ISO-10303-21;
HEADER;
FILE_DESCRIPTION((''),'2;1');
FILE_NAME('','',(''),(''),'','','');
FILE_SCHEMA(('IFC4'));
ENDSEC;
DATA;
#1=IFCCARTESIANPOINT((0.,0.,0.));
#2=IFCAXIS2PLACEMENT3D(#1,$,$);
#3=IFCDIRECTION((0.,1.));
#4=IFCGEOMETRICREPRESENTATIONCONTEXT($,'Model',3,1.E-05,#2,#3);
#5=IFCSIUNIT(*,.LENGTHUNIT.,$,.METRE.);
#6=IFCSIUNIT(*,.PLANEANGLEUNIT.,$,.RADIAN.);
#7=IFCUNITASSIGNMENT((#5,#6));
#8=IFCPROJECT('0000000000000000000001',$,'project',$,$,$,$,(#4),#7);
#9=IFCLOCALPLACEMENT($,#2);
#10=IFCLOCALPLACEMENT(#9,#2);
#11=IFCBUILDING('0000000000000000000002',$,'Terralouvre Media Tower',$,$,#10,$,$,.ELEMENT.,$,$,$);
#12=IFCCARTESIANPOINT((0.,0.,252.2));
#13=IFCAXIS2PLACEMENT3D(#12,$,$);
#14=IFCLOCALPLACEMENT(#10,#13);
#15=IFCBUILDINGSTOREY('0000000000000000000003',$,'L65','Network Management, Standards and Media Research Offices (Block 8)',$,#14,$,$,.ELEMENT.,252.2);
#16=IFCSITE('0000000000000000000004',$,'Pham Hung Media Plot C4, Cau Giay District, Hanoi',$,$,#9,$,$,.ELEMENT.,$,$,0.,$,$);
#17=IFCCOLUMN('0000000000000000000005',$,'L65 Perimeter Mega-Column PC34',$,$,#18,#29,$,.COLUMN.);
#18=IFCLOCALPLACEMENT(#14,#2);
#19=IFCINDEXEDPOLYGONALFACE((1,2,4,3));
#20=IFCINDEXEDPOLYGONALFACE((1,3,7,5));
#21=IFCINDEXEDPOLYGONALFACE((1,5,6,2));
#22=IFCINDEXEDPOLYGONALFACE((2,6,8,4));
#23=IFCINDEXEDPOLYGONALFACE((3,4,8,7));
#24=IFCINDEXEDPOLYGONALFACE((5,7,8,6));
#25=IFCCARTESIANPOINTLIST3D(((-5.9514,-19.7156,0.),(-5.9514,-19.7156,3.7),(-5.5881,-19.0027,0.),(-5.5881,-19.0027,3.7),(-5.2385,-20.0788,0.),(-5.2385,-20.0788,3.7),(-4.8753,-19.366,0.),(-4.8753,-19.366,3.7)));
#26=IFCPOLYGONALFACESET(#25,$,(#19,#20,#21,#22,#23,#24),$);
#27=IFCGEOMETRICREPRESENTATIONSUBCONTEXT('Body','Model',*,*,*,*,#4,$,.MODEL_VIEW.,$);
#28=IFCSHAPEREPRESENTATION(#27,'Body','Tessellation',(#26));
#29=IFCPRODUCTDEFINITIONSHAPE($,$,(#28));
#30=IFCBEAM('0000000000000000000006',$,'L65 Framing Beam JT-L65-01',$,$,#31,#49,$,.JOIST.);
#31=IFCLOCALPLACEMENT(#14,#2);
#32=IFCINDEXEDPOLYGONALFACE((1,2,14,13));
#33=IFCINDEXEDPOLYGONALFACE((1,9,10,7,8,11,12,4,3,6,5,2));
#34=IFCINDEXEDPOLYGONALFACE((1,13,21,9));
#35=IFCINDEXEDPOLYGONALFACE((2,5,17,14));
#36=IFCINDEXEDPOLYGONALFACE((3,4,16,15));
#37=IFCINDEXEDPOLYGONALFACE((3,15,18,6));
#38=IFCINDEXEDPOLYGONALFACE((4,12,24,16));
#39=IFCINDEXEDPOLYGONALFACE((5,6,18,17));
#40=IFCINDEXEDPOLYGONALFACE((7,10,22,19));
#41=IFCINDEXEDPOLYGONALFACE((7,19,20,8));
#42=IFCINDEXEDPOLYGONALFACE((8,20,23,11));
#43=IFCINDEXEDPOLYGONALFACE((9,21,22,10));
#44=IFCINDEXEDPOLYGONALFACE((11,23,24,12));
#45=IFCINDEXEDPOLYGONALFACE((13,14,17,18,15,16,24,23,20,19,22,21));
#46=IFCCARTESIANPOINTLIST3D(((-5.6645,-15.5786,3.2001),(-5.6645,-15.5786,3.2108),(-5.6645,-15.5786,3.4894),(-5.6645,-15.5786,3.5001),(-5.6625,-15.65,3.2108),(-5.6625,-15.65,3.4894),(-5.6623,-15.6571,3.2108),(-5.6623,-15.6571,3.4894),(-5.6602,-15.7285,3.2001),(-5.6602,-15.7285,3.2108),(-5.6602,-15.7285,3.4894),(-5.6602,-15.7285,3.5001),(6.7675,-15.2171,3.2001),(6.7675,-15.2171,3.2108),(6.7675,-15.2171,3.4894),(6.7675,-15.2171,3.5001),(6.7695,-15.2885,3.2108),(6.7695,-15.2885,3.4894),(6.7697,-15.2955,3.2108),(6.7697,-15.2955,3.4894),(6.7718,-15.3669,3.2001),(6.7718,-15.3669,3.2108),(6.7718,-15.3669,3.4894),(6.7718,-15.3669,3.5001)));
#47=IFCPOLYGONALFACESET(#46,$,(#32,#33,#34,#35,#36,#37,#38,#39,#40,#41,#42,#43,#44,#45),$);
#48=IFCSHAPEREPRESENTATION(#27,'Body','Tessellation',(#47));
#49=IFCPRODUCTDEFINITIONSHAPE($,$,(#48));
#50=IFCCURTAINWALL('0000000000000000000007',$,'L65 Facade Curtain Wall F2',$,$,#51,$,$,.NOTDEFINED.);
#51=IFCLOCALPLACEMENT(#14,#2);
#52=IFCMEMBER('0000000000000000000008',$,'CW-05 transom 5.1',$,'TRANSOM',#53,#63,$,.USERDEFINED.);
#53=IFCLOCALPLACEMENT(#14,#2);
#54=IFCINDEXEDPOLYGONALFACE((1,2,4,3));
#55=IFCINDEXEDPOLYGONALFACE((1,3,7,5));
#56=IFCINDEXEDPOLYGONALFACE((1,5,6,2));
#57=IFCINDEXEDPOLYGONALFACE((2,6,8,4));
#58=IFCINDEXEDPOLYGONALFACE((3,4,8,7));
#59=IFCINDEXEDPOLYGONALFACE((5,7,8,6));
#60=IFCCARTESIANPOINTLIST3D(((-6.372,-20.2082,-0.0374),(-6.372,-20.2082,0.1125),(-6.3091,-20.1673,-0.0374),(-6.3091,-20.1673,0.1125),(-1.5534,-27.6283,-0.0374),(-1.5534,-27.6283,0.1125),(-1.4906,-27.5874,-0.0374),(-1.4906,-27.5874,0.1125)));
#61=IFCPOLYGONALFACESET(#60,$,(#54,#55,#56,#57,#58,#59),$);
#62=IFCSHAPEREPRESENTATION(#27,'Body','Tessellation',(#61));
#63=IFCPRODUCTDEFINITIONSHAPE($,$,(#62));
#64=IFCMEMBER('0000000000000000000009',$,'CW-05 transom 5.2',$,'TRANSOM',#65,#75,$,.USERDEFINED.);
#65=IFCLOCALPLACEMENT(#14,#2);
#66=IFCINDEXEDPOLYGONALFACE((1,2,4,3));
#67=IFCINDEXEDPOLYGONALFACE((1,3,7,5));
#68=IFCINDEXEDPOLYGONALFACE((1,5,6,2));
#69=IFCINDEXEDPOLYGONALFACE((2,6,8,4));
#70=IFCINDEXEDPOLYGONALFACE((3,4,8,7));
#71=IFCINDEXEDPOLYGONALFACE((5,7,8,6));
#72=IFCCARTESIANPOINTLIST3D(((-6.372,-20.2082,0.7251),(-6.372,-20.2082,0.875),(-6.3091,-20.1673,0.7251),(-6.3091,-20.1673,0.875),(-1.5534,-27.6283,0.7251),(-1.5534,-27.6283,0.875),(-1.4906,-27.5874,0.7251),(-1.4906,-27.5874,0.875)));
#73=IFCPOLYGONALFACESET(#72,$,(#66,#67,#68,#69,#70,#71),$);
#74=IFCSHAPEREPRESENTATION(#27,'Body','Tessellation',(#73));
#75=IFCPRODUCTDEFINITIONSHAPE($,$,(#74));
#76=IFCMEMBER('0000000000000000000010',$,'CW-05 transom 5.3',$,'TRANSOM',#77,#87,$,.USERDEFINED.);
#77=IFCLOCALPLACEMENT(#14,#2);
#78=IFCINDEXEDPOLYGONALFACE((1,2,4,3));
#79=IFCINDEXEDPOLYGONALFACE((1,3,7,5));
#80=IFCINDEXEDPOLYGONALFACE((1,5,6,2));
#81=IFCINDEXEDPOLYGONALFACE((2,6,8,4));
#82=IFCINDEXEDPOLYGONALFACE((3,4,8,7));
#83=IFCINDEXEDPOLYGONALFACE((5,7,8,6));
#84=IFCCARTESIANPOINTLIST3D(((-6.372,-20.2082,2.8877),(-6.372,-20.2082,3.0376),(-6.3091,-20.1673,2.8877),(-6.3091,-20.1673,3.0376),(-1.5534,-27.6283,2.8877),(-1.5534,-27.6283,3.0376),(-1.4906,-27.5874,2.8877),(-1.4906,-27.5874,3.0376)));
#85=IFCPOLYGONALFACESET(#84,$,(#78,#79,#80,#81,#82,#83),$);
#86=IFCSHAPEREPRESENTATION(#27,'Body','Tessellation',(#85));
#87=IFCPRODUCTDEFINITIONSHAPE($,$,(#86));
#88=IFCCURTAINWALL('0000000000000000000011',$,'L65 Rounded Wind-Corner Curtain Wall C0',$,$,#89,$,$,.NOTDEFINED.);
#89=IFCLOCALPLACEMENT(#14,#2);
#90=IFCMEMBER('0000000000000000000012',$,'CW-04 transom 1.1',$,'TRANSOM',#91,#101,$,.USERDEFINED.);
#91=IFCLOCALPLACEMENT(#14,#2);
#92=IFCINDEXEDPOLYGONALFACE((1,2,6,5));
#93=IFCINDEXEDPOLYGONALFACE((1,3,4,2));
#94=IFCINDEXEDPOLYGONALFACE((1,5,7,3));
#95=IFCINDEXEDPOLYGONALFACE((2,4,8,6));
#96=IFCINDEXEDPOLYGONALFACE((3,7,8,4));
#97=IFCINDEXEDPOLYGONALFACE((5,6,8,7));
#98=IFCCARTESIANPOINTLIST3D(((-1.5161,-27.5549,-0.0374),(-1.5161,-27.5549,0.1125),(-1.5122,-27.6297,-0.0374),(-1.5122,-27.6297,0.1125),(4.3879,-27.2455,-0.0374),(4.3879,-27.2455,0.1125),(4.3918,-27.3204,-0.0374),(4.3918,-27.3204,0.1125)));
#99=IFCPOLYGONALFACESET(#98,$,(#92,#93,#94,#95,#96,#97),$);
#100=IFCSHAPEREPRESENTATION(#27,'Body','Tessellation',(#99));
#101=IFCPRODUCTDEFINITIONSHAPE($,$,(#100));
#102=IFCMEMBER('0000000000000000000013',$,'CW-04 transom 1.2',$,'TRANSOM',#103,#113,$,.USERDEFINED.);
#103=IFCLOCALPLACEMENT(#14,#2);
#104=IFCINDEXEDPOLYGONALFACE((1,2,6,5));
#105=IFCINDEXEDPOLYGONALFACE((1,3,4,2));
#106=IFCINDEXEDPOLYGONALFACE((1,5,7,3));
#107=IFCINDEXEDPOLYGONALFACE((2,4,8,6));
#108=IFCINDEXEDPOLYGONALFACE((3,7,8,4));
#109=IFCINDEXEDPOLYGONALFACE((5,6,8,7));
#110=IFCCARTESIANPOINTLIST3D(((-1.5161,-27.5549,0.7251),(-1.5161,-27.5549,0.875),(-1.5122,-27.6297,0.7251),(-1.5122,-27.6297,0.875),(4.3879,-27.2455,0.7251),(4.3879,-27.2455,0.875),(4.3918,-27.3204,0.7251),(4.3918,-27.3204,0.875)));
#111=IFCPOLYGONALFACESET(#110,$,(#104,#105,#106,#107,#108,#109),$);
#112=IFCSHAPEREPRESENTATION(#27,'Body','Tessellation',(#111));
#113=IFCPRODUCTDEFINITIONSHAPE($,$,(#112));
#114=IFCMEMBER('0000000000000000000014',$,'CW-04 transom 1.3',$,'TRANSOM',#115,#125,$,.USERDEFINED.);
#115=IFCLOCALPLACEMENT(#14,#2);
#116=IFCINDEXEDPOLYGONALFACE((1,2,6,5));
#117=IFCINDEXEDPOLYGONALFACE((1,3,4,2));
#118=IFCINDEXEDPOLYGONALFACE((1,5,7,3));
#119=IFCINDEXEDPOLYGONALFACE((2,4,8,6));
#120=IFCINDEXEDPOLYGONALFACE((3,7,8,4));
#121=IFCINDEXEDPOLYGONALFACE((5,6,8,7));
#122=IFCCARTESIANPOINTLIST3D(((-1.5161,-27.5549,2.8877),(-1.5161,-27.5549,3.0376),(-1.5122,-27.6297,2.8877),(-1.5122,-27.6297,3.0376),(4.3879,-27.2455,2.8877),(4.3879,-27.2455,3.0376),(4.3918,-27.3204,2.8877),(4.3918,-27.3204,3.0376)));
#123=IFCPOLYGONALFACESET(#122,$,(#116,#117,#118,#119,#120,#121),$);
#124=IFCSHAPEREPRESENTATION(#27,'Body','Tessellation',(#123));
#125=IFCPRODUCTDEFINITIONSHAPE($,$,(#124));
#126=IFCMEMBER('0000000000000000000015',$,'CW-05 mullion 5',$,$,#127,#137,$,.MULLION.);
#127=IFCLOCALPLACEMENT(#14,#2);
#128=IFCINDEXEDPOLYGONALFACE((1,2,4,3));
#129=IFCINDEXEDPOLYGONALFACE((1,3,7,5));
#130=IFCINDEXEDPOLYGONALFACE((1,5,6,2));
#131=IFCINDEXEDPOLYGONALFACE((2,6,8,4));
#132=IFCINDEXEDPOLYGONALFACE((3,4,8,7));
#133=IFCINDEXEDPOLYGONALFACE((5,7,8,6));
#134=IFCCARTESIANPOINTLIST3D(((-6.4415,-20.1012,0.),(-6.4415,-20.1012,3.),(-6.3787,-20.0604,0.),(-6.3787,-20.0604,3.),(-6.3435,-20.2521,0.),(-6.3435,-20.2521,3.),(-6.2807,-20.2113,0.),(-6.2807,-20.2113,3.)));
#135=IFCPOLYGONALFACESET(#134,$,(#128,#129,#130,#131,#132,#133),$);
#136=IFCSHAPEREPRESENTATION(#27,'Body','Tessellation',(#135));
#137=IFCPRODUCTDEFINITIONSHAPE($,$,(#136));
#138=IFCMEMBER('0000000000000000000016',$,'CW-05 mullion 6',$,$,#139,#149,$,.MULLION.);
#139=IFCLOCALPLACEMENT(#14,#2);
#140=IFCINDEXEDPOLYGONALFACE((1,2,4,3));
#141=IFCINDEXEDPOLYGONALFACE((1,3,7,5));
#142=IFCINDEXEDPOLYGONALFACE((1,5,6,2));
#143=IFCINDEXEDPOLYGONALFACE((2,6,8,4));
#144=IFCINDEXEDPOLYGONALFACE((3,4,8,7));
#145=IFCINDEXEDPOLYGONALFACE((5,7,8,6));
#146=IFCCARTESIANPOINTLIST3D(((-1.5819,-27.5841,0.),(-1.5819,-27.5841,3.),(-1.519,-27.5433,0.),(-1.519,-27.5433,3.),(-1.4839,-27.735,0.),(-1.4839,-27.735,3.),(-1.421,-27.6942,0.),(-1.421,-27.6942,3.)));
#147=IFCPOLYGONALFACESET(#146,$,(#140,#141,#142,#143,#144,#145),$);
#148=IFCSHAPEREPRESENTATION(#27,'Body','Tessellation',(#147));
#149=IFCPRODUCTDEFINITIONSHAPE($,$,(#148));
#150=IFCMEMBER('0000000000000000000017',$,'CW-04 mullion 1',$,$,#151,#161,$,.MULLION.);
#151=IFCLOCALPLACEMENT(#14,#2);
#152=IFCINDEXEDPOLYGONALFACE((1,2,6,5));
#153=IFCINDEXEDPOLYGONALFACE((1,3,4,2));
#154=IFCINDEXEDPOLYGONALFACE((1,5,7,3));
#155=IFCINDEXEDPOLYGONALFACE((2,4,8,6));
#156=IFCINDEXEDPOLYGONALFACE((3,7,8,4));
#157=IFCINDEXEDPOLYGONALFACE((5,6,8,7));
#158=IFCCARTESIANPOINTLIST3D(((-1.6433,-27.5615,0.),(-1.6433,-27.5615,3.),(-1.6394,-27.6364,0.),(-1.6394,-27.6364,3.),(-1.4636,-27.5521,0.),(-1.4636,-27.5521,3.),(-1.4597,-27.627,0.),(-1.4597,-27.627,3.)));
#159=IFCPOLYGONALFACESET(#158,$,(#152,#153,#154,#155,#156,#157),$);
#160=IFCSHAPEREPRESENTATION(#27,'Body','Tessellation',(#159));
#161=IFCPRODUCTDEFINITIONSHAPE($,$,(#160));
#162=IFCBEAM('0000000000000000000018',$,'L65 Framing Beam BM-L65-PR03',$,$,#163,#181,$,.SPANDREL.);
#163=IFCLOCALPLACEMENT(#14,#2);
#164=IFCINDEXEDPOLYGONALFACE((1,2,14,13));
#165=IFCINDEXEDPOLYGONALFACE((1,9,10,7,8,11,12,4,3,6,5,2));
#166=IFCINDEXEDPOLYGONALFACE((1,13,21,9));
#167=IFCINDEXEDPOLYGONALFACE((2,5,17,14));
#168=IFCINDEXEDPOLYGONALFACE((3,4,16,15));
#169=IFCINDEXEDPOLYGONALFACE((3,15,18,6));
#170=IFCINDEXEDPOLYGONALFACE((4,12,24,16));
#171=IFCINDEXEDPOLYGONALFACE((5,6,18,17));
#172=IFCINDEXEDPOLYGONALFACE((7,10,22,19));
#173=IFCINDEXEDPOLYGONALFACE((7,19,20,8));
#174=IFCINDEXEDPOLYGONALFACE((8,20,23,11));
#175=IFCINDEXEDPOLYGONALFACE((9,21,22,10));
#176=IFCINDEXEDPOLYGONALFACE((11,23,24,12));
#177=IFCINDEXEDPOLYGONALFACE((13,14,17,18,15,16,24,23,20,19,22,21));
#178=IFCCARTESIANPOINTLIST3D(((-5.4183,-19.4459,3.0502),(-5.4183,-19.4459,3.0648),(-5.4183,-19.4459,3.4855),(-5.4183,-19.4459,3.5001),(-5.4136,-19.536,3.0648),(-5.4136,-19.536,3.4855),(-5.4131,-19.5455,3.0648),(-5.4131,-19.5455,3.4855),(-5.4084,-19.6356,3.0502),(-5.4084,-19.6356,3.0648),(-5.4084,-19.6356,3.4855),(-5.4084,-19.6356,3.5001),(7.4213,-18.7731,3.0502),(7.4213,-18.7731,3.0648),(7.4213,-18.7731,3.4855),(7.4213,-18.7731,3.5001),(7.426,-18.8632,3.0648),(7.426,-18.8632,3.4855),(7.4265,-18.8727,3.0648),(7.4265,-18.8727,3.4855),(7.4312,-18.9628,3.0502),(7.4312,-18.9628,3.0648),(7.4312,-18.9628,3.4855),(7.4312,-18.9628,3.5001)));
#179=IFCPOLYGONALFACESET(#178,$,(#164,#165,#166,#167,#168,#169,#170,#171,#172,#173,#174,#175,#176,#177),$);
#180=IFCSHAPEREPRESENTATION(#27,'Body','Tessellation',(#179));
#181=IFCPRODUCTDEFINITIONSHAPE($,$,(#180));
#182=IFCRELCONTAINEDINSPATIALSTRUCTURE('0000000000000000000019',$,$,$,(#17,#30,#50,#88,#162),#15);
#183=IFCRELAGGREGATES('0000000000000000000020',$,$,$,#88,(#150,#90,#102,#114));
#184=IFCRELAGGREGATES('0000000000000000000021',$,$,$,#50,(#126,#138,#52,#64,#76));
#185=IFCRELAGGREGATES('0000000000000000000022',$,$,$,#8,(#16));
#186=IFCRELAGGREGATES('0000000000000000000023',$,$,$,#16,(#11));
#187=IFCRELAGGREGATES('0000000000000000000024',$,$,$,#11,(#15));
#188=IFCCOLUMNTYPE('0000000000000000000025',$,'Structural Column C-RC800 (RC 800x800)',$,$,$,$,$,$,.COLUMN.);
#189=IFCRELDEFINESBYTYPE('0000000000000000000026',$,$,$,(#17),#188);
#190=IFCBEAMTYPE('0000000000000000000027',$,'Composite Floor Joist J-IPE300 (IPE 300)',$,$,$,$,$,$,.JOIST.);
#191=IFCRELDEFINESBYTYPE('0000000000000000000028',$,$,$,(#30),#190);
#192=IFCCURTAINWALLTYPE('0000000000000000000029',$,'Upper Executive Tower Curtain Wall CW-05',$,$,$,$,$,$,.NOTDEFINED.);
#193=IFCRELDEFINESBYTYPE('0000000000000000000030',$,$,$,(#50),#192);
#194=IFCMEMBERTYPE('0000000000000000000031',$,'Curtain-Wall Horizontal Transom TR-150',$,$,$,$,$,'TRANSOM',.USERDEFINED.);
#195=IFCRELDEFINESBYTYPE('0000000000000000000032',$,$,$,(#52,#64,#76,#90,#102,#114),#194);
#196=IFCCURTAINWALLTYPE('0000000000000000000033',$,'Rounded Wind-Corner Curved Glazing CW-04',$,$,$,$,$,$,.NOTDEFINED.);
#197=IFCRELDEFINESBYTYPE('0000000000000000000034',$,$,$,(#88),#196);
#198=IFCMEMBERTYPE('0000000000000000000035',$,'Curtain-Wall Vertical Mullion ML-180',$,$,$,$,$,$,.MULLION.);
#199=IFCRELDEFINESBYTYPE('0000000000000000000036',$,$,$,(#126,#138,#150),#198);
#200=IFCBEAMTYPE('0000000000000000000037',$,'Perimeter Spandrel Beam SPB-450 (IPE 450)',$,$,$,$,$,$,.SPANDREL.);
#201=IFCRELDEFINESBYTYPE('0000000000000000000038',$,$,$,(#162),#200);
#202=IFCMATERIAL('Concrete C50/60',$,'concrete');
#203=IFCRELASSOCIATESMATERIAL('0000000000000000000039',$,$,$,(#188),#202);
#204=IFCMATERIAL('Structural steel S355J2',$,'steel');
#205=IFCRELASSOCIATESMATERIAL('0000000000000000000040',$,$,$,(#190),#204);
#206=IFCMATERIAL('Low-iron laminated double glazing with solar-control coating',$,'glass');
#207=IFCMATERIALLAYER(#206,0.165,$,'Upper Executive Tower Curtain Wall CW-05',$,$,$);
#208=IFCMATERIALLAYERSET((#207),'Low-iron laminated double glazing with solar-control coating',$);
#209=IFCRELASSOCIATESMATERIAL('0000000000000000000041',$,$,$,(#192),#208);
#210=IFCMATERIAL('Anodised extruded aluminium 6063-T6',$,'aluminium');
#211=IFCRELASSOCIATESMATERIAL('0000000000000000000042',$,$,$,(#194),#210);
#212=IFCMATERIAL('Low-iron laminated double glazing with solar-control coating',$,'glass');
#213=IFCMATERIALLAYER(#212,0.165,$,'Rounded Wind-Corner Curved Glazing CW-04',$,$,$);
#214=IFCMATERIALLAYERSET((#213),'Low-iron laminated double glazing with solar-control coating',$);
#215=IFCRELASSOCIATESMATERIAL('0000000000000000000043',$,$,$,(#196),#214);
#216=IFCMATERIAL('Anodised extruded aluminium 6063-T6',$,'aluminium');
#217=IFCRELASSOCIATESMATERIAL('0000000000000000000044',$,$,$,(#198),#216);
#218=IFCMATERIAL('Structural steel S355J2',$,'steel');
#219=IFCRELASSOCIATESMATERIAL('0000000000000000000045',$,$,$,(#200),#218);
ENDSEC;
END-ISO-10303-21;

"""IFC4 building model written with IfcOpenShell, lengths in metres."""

from ifc_helpers import new_model, si_unit, direction, frame, origin, origin_2d, place, context, subcontext, project, spatial, rectangle, i_section, extrude, material, layer, layer_set, material_profile, profile_set, type_object, element, aggregate, save


model = new_model("IFC4")

# Units and contexts
model_context = context("Model", 3, precision=1e-05, world=origin(), true_north=direction((0.0, 1.0)))
body_context = subcontext(model_context, "Body", "Model", "MODEL_VIEW")
ifc_project = project(units=[si_unit("LENGTHUNIT", "METRE"), si_unit("PLANEANGLEUNIT", "RADIAN")], contexts=[model_context])

# Site, building, storey
site_placement = place(None, origin())
site = spatial("IfcSite", under=ifc_project, at=site_placement, Name="Pham Hung Media Plot C4, Cau Giay District, Hanoi", CompositionType="ELEMENT", RefElevation=0.0)
building_placement = place(site_placement, origin())
building = spatial("IfcBuilding", under=site, at=building_placement, Name="Terralouvre Media Tower", CompositionType="ELEMENT")
storey_placement = place(building_placement, frame((0.0, 0.0, 252.2)))
storey = spatial("IfcBuildingStorey", under=building, at=storey_placement, Name="L65", Description="Network Management, Standards and Media Research Offices (Block 8)", CompositionType="ELEMENT", Elevation=252.2)

# Column
ifc_material_1 = material(Name="Concrete C50/60", Category="concrete")
ifc_material_profile_1 = material_profile(ifc_material_1, rectangle(XDim=0.8, YDim=0.8, at=origin_2d()), Name="RC 800x800")
ifc_profile_set_1 = profile_set([ifc_material_profile_1], Name="Concrete C50/60")
column_type = type_object("IfcColumnType", Name="Structural Column C-RC800 (RC 800x800)", PredefinedType="COLUMN", material=ifc_profile_set_1)
column_placement = place(storey_placement, frame((-5.4133, -19.5408, 0.0), z_axis=(0.0, 0.0, 1.0), x_axis=(0.45399, 0.891007, 0.0)))
element("IfcColumn", 1, at=column_placement, inside=storey, type_object=column_type, Name="L65 Perimeter Mega-Column PC34", PredefinedType="COLUMN", context=body_context, shape_type="SweptSolid", body=[
    extrude(rectangle(XDim=0.8, YDim=0.8, at=origin_2d()), origin(), (0.0, 0.0, 1.0), 3.7),
])

# Beam
ifc_material_2 = material(Name="Structural steel S355J2", Category="steel")
ifc_material_profile_2 = material_profile(ifc_material_2, i_section(OverallWidth=0.1499, OverallDepth=0.3, WebThickness=0.0071, FlangeThickness=0.0107, at=origin_2d()), Name="IPE 300")
ifc_profile_set_2 = profile_set([ifc_material_profile_2], Name="Structural steel S355J2")
beam_type_1 = type_object("IfcBeamType", Name="Composite Floor Joist J-IPE300 (IPE 300)", PredefinedType="JOIST", material=ifc_profile_set_2)
beam_1_placement = place(storey_placement, frame((-5.6624, -15.6536, 3.3501), z_axis=(0.999577, 0.029072, 0.0), x_axis=(-0.029072, 0.999577, 0.0)))
element("IfcBeam", 2, at=beam_1_placement, inside=storey, type_object=beam_type_1, Name="L65 Framing Beam JT-L65-01", PredefinedType="JOIST", context=body_context, shape_type="SweptSolid", body=[
    extrude(i_section(OverallWidth=0.1499, OverallDepth=0.3, WebThickness=0.0071, FlangeThickness=0.0107, at=origin_2d()), origin(), (0.0, 0.0, 1.0), 12.4373),
])

# Curtain walls, members
ifc_material_3 = material(Name="Low-iron laminated double glazing with solar-control coating", Category="glass")
ifc_layer_1 = layer(ifc_material_3, 0.165, Name="Upper Executive Tower Curtain Wall CW-05")
ifc_layer_set_1 = layer_set([ifc_layer_1], Name="Low-iron laminated double glazing with solar-control coating")
curtain_wall_type_1 = type_object("IfcCurtainWallType", Name="Upper Executive Tower Curtain Wall CW-05", PredefinedType="NOTDEFINED", material=ifc_layer_set_1)
curtain_wall_1_placement = place(storey_placement, origin())
curtain_wall_1 = element("IfcCurtainWall", 3, at=curtain_wall_1_placement, inside=storey, type_object=curtain_wall_type_1, Name="L65 Facade Curtain Wall F2", PredefinedType="NOTDEFINED")
ifc_material_4 = material(Name="Anodised extruded aluminium 6063-T6", Category="aluminium")
ifc_material_profile_3 = material_profile(ifc_material_4, rectangle(XDim=0.075, YDim=0.1499, at=origin_2d()), Name="ALU 75x150")
ifc_profile_set_3 = profile_set([ifc_material_profile_3], Name="Anodised extruded aluminium 6063-T6")
member_type_1 = type_object("IfcMemberType", Name="Curtain-Wall Horizontal Transom TR-150", ElementType="TRANSOM", PredefinedType="USERDEFINED", material=ifc_profile_set_3)
member_1_placement = place(storey_placement, frame((-6.3406, -20.1877, 0.0376), z_axis=(0.54463, -0.838676, 0.0), x_axis=(0.838676, 0.54463, 0.0)))
member_1 = element("IfcMember", 4, at=member_1_placement, type_object=member_type_1, Name="CW-05 transom 5.1", ObjectType="TRANSOM", PredefinedType="USERDEFINED", context=body_context, shape_type="SweptSolid", body=[
    extrude(rectangle(XDim=0.075, YDim=0.1499, at=origin_2d()), origin(), (0.0, 0.0, 1.0), 8.8474),
])
member_2_placement = place(storey_placement, frame((-6.3406, -20.1877, 0.8), z_axis=(0.54463, -0.838676, 0.0), x_axis=(0.838676, 0.54463, 0.0)))
member_2 = element("IfcMember", 5, at=member_2_placement, type_object=member_type_1, Name="CW-05 transom 5.2", ObjectType="TRANSOM", PredefinedType="USERDEFINED", context=body_context, shape_type="SweptSolid", body=[
    extrude(rectangle(XDim=0.075, YDim=0.1499, at=origin_2d()), origin(), (0.0, 0.0, 1.0), 8.8474),
])
member_3_placement = place(storey_placement, frame((-6.3406, -20.1877, 2.9626), z_axis=(0.54463, -0.838676, 0.0), x_axis=(0.838676, 0.54463, 0.0)))
member_3 = element("IfcMember", 6, at=member_3_placement, type_object=member_type_1, Name="CW-05 transom 5.3", ObjectType="TRANSOM", PredefinedType="USERDEFINED", context=body_context, shape_type="SweptSolid", body=[
    extrude(rectangle(XDim=0.075, YDim=0.1499, at=origin_2d()), origin(), (0.0, 0.0, 1.0), 8.8474),
])
ifc_material_5 = material(Name="Low-iron laminated double glazing with solar-control coating", Category="glass")
ifc_layer_2 = layer(ifc_material_5, 0.165, Name="Rounded Wind-Corner Curved Glazing CW-04")
ifc_layer_set_2 = layer_set([ifc_layer_2], Name="Low-iron laminated double glazing with solar-control coating")
curtain_wall_type_2 = type_object("IfcCurtainWallType", Name="Rounded Wind-Corner Curved Glazing CW-04", PredefinedType="NOTDEFINED", material=ifc_layer_set_2)
curtain_wall_2_placement = place(storey_placement, origin())
curtain_wall_2 = element("IfcCurtainWall", 7, at=curtain_wall_2_placement, inside=storey, type_object=curtain_wall_type_2, Name="L65 Rounded Wind-Corner Curtain Wall C0", PredefinedType="NOTDEFINED")
member_4_placement = place(storey_placement, frame((-1.5142, -27.5923, 0.0376), z_axis=(0.99863, 0.05232, 0.0), x_axis=(-0.05232, 0.99863, 0.0)))
member_4 = element("IfcMember", 8, at=member_4_placement, type_object=member_type_1, Name="CW-04 transom 1.1", ObjectType="TRANSOM", PredefinedType="USERDEFINED", context=body_context, shape_type="SweptSolid", body=[
    extrude(rectangle(XDim=0.075, YDim=0.1499, at=origin_2d()), origin(), (0.0, 0.0, 1.0), 5.9121),
])
member_5_placement = place(storey_placement, frame((-1.5142, -27.5923, 0.8), z_axis=(0.99863, 0.05232, 0.0), x_axis=(-0.05232, 0.99863, 0.0)))
member_5 = element("IfcMember", 9, at=member_5_placement, type_object=member_type_1, Name="CW-04 transom 1.2", ObjectType="TRANSOM", PredefinedType="USERDEFINED", context=body_context, shape_type="SweptSolid", body=[
    extrude(rectangle(XDim=0.075, YDim=0.1499, at=origin_2d()), origin(), (0.0, 0.0, 1.0), 5.9121),
])
member_6_placement = place(storey_placement, frame((-1.5142, -27.5923, 2.9626), z_axis=(0.99863, 0.05232, 0.0), x_axis=(-0.05232, 0.99863, 0.0)))
member_6 = element("IfcMember", 10, at=member_6_placement, type_object=member_type_1, Name="CW-04 transom 1.3", ObjectType="TRANSOM", PredefinedType="USERDEFINED", context=body_context, shape_type="SweptSolid", body=[
    extrude(rectangle(XDim=0.075, YDim=0.1499, at=origin_2d()), origin(), (0.0, 0.0, 1.0), 5.9121),
])

# Members
ifc_material_6 = material(Name="Anodised extruded aluminium 6063-T6", Category="aluminium")
ifc_material_profile_4 = material_profile(ifc_material_6, rectangle(XDim=0.075, YDim=0.1799, at=origin_2d()), Name="ALU 75x180")
ifc_profile_set_4 = profile_set([ifc_material_profile_4], Name="Anodised extruded aluminium 6063-T6")
member_type_2 = type_object("IfcMemberType", Name="Curtain-Wall Vertical Mullion ML-180", PredefinedType="MULLION", material=ifc_profile_set_4)
member_7_placement = place(storey_placement, frame((-6.3611, -20.1562, 0.0), z_axis=(0.0, 0.0, 1.0), x_axis=(0.838671, 0.544639, 0.0)))
member_7 = element("IfcMember", 11, at=member_7_placement, type_object=member_type_2, Name="CW-05 mullion 5", PredefinedType="MULLION", context=body_context, shape_type="SweptSolid", body=[
    extrude(rectangle(XDim=0.075, YDim=0.1799, at=origin_2d()), origin(), (0.0, 0.0, 1.0), 3.0),
])
member_8_placement = place(storey_placement, frame((-1.5015, -27.6392, 0.0), z_axis=(0.0, 0.0, 1.0), x_axis=(0.838671, 0.544639, 0.0)))
member_8 = element("IfcMember", 12, at=member_8_placement, type_object=member_type_2, Name="CW-05 mullion 6", PredefinedType="MULLION", context=body_context, shape_type="SweptSolid", body=[
    extrude(rectangle(XDim=0.075, YDim=0.1799, at=origin_2d()), origin(), (0.0, 0.0, 1.0), 3.0),
])
member_9_placement = place(storey_placement, frame((-1.5515, -27.5942, 0.0), z_axis=(0.0, 0.0, 1.0), x_axis=(-0.052336, 0.99863, 0.0)))
member_9 = element("IfcMember", 13, at=member_9_placement, type_object=member_type_2, Name="CW-04 mullion 1", PredefinedType="MULLION", context=body_context, shape_type="SweptSolid", body=[
    extrude(rectangle(XDim=0.075, YDim=0.1799, at=origin_2d()), origin(), (0.0, 0.0, 1.0), 3.0),
])
aggregate(curtain_wall_2, [member_9, member_4, member_5, member_6])

# Beam
ifc_material_7 = material(Name="Structural steel S355J2", Category="steel")
ifc_material_profile_5 = material_profile(ifc_material_7, i_section(OverallWidth=0.1899, OverallDepth=0.45, WebThickness=0.0095, FlangeThickness=0.0146, at=origin_2d()), Name="IPE 450")
ifc_profile_set_5 = profile_set([ifc_material_profile_5], Name="Structural steel S355J2")
beam_type_2 = type_object("IfcBeamType", Name="Perimeter Spandrel Beam SPB-450 (IPE 450)", PredefinedType="SPANDREL", material=ifc_profile_set_5)
beam_2_placement = place(storey_placement, frame((-5.4133, -19.5408, 3.2751), z_axis=(0.99863, 0.052333, 0.0), x_axis=(-0.052333, 0.99863, 0.0)))
element("IfcBeam", 14, at=beam_2_placement, inside=storey, type_object=beam_type_2, Name="L65 Framing Beam BM-L65-PR03", PredefinedType="SPANDREL", context=body_context, shape_type="SweptSolid", body=[
    extrude(i_section(OverallWidth=0.1899, OverallDepth=0.45, WebThickness=0.0095, FlangeThickness=0.0146, at=origin_2d()), origin(), (0.0, 0.0, 1.0), 12.8572),
])

aggregate(curtain_wall_1, [member_7, member_8, member_1, member_2, member_3])

save(model, "model.ifc")
